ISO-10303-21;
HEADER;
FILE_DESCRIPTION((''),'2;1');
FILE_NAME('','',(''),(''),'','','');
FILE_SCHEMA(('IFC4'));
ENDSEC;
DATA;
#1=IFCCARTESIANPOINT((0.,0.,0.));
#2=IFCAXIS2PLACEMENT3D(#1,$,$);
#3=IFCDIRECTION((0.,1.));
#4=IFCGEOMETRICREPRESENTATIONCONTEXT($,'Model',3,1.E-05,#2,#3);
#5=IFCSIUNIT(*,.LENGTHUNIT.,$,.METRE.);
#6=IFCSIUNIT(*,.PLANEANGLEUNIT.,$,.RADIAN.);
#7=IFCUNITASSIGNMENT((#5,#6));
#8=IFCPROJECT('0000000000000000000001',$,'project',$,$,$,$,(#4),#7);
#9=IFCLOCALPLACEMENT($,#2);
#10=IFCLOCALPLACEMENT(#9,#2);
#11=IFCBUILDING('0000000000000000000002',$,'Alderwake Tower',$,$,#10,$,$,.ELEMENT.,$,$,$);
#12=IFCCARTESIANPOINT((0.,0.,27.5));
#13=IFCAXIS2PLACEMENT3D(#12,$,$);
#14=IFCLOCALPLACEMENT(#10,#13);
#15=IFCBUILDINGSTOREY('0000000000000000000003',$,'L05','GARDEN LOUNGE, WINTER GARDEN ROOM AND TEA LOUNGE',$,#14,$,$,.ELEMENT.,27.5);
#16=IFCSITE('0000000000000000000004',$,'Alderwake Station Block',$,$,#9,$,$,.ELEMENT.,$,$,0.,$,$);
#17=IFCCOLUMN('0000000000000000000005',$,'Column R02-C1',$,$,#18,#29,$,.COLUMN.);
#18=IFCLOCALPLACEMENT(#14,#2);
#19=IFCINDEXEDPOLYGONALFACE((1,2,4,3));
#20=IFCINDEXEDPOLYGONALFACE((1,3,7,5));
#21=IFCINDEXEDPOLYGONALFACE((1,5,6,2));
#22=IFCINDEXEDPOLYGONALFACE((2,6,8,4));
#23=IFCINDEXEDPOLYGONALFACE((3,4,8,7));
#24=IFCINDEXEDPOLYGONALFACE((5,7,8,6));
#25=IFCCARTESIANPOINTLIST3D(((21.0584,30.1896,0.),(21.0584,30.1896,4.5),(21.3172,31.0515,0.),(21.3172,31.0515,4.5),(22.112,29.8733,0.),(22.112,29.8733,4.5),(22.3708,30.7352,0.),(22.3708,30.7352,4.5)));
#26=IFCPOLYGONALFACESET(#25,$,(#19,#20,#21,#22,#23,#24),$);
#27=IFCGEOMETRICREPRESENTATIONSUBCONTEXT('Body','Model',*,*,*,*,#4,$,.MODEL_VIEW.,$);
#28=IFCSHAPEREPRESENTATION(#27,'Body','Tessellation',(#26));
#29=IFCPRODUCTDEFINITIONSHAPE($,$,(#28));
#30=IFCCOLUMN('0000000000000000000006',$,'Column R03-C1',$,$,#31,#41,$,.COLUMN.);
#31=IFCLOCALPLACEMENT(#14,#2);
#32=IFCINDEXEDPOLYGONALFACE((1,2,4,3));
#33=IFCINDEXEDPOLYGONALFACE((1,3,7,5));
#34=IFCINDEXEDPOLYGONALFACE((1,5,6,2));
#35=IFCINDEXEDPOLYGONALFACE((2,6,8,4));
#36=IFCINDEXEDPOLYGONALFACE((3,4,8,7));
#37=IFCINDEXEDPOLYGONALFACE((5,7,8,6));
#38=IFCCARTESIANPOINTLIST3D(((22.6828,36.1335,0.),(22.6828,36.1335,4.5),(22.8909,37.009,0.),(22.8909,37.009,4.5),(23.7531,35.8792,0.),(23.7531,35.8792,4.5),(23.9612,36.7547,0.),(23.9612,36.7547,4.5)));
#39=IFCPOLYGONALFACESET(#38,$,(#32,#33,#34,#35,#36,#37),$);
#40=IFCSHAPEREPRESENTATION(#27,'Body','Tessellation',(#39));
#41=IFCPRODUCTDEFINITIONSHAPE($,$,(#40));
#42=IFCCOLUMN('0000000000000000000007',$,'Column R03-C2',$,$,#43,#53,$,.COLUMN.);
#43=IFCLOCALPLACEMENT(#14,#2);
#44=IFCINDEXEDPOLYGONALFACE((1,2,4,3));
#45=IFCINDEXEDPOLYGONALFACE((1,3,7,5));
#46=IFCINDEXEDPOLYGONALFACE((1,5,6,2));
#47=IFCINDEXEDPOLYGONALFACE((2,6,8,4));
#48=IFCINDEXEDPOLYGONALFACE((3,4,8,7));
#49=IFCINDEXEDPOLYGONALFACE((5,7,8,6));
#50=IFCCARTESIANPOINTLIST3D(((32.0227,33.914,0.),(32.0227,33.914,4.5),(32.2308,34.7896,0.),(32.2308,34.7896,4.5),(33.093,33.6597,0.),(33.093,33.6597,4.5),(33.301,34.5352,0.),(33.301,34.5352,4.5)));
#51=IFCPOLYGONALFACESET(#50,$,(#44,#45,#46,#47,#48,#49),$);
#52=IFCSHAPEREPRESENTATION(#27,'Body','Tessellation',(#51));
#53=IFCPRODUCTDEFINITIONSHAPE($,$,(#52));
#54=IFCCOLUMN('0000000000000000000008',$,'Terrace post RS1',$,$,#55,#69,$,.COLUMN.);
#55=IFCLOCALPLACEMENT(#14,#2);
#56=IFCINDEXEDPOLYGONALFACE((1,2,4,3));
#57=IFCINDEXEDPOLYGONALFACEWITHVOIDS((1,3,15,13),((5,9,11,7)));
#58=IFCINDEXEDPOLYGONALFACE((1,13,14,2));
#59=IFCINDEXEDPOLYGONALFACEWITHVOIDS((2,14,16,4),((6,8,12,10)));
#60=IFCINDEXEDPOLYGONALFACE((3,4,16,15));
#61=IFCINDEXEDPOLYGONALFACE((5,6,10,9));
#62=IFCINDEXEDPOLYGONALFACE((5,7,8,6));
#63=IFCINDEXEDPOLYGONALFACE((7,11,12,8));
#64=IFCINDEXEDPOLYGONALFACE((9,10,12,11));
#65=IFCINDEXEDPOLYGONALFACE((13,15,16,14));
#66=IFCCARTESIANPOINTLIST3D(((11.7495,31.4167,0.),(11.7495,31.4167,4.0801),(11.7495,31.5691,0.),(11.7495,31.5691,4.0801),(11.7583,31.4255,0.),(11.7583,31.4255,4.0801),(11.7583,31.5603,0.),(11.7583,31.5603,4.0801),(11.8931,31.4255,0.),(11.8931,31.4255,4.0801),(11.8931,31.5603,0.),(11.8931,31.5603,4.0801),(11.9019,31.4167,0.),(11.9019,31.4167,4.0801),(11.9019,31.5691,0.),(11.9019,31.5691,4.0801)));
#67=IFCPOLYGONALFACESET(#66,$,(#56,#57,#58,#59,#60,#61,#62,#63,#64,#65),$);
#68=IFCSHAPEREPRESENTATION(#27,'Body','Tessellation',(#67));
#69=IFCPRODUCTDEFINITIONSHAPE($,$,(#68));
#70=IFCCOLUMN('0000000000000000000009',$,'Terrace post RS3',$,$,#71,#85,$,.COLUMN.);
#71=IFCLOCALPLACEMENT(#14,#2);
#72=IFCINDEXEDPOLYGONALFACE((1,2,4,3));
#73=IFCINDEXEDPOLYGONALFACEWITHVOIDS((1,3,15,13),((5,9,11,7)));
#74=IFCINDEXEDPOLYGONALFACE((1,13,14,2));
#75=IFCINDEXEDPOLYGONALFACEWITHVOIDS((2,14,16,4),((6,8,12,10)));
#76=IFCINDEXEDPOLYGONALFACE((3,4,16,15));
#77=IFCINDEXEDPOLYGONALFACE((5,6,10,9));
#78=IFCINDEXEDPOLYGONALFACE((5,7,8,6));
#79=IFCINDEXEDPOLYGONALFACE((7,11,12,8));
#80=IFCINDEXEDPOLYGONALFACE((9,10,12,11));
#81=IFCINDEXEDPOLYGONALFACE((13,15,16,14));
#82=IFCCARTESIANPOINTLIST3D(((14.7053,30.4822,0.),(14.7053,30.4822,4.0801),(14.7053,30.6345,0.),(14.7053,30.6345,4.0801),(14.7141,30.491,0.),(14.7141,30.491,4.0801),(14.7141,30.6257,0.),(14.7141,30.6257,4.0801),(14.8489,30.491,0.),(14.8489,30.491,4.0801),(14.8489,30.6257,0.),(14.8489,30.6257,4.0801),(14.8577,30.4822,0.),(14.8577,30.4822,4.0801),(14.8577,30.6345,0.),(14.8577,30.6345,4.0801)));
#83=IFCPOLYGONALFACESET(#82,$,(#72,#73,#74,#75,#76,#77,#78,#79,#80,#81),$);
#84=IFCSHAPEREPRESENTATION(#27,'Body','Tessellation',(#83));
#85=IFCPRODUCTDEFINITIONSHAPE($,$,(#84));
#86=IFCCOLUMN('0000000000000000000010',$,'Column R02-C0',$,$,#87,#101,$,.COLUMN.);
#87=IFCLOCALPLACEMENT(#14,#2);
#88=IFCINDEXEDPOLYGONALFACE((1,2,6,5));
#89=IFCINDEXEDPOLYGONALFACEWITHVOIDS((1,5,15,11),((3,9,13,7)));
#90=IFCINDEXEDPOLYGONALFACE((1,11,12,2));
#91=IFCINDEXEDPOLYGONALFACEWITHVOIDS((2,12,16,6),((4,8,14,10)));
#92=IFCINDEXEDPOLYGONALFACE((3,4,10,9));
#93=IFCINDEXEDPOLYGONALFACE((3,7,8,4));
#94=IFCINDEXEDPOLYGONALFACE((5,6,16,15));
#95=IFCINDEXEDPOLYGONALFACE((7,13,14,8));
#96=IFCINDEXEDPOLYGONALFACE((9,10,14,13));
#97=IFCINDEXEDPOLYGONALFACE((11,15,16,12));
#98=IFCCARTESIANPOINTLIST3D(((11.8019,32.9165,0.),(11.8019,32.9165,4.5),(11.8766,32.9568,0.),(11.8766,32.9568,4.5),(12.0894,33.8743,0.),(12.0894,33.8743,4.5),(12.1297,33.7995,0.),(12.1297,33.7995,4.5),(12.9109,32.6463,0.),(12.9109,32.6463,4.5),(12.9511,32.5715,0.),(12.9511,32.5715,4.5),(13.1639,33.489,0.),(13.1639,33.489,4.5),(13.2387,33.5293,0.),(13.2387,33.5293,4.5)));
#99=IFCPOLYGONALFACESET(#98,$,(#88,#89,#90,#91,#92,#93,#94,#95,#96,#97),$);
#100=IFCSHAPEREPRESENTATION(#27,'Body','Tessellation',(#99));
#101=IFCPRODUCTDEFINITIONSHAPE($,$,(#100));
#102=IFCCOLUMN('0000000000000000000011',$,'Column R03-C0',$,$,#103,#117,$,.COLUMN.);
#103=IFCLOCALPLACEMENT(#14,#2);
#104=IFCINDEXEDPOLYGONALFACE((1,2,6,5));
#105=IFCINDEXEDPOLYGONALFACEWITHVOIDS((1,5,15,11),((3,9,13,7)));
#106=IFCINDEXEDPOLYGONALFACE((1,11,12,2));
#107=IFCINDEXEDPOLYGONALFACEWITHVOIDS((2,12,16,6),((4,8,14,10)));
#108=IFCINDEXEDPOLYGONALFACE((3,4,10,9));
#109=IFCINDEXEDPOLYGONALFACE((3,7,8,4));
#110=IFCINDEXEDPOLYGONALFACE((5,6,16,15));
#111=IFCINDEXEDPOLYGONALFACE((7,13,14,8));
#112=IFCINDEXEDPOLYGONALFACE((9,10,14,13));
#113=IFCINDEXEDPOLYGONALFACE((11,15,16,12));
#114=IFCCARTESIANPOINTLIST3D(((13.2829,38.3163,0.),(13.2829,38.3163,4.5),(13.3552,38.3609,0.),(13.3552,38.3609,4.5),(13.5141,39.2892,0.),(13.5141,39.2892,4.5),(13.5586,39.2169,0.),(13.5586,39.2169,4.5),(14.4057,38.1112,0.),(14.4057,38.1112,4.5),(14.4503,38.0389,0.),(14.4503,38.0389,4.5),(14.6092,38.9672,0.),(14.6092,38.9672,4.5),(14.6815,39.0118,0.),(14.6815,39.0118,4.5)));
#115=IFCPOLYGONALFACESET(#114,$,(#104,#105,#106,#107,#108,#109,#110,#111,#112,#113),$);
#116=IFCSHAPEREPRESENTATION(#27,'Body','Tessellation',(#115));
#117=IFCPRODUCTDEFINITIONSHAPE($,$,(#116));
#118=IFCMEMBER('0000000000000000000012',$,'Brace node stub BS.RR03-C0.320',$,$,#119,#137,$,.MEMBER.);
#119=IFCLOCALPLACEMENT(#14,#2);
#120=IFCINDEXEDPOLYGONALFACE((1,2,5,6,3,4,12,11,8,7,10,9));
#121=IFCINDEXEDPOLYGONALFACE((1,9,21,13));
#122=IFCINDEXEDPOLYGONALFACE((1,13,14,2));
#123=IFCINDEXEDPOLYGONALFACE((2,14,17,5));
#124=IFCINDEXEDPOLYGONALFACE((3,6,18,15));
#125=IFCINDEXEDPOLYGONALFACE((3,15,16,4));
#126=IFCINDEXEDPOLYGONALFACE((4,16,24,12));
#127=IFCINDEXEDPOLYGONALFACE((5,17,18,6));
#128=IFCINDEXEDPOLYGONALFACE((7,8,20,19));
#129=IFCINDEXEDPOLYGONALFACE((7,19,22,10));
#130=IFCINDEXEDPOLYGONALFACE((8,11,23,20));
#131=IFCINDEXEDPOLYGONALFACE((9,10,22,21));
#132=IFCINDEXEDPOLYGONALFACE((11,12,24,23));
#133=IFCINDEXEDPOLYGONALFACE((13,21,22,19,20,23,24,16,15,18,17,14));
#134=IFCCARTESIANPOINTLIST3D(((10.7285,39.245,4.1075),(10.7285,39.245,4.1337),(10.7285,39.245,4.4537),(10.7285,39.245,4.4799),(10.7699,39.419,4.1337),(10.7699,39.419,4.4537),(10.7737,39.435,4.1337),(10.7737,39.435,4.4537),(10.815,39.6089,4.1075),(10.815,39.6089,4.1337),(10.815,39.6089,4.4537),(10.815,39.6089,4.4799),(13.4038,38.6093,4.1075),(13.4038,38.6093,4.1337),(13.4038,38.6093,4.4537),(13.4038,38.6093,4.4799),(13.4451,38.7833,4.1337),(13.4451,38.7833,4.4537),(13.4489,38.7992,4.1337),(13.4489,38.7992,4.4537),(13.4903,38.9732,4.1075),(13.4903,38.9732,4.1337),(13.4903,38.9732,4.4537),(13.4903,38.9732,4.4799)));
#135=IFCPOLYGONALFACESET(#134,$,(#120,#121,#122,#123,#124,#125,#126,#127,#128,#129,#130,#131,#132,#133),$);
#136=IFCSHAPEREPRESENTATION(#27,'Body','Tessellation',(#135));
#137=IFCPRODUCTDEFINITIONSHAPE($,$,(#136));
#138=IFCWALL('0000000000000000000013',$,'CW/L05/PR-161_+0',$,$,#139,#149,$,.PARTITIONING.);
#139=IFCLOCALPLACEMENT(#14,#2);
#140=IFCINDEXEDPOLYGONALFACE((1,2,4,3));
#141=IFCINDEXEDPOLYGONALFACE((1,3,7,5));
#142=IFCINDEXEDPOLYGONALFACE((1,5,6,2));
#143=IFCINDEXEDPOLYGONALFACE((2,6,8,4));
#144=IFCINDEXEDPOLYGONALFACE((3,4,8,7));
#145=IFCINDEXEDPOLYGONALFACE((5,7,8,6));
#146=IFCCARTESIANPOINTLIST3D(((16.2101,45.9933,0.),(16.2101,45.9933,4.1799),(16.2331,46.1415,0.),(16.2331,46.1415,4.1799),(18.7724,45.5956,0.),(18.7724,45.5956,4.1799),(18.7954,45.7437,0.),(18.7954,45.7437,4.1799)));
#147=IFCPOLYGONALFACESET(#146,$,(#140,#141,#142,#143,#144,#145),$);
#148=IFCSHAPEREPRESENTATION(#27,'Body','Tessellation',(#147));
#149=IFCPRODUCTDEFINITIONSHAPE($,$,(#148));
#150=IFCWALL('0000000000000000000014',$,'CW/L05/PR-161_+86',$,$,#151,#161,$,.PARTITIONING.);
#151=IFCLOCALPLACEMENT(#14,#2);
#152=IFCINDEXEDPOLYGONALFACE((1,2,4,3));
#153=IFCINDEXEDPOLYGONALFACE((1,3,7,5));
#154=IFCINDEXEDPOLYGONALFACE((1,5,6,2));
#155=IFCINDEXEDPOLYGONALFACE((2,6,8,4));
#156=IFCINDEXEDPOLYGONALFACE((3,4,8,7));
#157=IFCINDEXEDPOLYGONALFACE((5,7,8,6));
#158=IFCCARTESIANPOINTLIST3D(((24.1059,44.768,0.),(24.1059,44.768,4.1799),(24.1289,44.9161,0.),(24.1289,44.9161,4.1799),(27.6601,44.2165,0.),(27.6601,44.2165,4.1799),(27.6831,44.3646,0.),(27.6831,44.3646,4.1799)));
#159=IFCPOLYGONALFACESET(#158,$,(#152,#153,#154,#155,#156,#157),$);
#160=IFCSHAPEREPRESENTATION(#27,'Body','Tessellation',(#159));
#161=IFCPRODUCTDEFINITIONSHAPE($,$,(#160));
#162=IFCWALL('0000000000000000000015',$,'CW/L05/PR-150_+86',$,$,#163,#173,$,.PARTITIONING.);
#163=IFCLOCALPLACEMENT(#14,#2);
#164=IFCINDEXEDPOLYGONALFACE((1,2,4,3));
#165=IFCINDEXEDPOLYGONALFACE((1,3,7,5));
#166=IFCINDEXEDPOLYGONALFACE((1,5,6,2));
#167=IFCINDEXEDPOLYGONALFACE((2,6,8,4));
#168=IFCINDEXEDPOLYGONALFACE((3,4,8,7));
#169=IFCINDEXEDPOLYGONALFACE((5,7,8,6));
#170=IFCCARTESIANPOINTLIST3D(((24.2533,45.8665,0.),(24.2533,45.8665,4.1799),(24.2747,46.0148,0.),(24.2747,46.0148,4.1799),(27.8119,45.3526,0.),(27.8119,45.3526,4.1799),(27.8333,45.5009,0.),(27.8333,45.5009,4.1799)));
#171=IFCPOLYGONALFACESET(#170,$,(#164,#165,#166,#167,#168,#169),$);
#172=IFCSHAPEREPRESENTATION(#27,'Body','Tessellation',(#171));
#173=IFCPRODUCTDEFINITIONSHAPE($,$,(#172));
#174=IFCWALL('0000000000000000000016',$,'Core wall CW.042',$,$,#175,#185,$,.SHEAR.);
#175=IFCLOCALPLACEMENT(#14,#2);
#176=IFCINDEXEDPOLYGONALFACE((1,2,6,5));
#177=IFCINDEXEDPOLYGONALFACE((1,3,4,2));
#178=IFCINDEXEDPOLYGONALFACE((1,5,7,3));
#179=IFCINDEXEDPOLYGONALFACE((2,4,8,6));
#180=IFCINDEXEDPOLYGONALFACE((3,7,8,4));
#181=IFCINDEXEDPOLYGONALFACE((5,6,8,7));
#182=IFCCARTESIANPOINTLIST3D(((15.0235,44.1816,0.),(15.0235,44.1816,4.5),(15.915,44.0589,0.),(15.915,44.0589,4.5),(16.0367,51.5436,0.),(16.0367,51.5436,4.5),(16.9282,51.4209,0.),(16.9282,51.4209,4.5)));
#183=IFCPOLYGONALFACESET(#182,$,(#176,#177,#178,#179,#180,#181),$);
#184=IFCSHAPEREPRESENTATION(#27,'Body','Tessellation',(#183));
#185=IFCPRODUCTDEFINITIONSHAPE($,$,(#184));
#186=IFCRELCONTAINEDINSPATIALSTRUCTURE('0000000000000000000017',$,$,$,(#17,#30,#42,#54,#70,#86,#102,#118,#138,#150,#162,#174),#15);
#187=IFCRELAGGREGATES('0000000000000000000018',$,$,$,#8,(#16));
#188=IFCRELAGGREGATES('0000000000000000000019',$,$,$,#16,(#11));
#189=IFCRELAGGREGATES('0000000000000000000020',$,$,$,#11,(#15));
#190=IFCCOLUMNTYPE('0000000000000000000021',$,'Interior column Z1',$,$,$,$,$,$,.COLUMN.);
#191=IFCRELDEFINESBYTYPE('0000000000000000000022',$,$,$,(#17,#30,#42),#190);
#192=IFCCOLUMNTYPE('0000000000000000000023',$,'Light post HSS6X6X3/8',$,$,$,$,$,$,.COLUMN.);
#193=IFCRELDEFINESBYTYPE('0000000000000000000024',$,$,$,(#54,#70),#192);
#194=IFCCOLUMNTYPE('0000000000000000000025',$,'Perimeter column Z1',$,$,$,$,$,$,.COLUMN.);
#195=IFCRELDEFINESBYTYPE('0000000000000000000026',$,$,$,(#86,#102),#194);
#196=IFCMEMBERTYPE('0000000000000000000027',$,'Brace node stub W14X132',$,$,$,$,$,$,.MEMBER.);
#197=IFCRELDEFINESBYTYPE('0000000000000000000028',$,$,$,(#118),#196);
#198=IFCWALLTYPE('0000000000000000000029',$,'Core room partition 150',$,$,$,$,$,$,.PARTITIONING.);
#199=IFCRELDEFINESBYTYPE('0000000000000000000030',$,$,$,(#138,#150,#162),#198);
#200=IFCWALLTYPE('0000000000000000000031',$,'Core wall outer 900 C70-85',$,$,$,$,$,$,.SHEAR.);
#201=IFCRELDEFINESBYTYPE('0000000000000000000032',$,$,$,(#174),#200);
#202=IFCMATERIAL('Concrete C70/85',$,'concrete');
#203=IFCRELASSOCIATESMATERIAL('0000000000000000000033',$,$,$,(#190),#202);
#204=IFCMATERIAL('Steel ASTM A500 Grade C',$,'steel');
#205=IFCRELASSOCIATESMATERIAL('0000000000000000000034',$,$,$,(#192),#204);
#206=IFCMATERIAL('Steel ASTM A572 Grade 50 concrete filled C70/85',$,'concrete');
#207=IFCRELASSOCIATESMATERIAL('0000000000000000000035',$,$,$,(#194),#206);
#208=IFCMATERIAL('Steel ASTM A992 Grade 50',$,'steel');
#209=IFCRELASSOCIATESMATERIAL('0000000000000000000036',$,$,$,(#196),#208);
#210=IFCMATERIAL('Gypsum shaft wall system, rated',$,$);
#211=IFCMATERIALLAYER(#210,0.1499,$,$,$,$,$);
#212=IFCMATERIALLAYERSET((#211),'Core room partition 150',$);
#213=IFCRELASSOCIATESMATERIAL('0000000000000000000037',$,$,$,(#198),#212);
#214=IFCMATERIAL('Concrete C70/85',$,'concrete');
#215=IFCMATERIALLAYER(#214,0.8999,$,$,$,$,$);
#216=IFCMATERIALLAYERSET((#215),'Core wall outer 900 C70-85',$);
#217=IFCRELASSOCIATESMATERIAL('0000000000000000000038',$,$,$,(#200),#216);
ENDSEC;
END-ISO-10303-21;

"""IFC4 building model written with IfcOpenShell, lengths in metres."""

from ifc_helpers import new_model, si_unit, direction, frame, frame_2d, origin, origin_2d, place, context, subcontext, project, spatial, rectangle, hollow_rectangle, i_section, extrude, material, layer, layer_set, material_profile, profile_set, type_object, element, save


model = new_model("IFC4")

# Units and contexts
model_context = context("Model", 3, precision=1e-05, world=origin(), true_north=direction((0.0, 1.0)))
body_context = subcontext(model_context, "Body", "Model", "MODEL_VIEW")
ifc_project = project(units=[si_unit("LENGTHUNIT", "METRE"), si_unit("PLANEANGLEUNIT", "RADIAN")], contexts=[model_context])

# Site, building, storey
site_placement = place(None, origin())
site = spatial("IfcSite", under=ifc_project, at=site_placement, Name="Alderwake Station Block", CompositionType="ELEMENT", RefElevation=0.0)
building_placement = place(site_placement, origin())
building = spatial("IfcBuilding", under=site, at=building_placement, Name="Alderwake Tower", CompositionType="ELEMENT")
storey_placement = place(building_placement, frame((0.0, 0.0, 27.5)))
storey = spatial("IfcBuildingStorey", under=building, at=storey_placement, Name="L05", Description="GARDEN LOUNGE, WINTER GARDEN ROOM AND TEA LOUNGE", CompositionType="ELEMENT", Elevation=27.5)

# Columns
ifc_material_1 = material(Name="Concrete C70/85", Category="concrete")
ifc_material_profile_1 = material_profile(ifc_material_1, rectangle(XDim=0.8999, YDim=1.1001, at=origin_2d()), Name="RC 1100X900")
ifc_profile_set_1 = profile_set([ifc_material_profile_1], Name="Concrete C70/85")
column_type_1 = type_object("IfcColumnType", Name="Interior column Z1", PredefinedType="COLUMN", material=ifc_profile_set_1)
for number, where, z_axis, x_axis, name in (
    (1, (21.7146, 30.4624, 0.0), (0.0, 0.0, 1.0), (0.287549, 0.957766, 0.0), "Column R02-C1"),
    (2, (23.322, 36.4441, 0.0), (0.0, 0.0, 1.0), (0.231222, 0.972901, 0.0), "Column R03-C1"),
    (3, (32.6619, 34.2246, 0.0), (0.0, 0.0, 1.0), (0.231222, 0.972901, 0.0), "Column R03-C2"),
):
    element("IfcColumn", number, at=place(storey_placement, frame(where, z_axis=z_axis, x_axis=x_axis)), inside=storey, type_object=column_type_1, Name=name, PredefinedType="COLUMN", context=body_context, shape_type="SweptSolid", body=[
        extrude(rectangle(XDim=0.8999, YDim=1.1001, at=origin_2d()), origin(), (0.0, 0.0, 1.0), 4.5),
    ])
ifc_material_2 = material(Name="Steel ASTM A500 Grade C", Category="steel")
ifc_material_profile_2 = material_profile(ifc_material_2, hollow_rectangle(XDim=0.1523, YDim=0.1523, WallThickness=0.0088, at=origin_2d()), Name="HSS6X6X3/8")
ifc_profile_set_2 = profile_set([ifc_material_profile_2], Name="Steel ASTM A500 Grade C")
column_type_2 = type_object("IfcColumnType", Name="Light post HSS6X6X3/8", PredefinedType="COLUMN", material=ifc_profile_set_2)
for number, where, z_axis, x_axis, name in (
    (4, (11.8257, 31.4929, 0.0), (0.0, 0.0, 1.0), (1.0, 0.0, 0.0), "Terrace post RS1"),
    (5, (14.7815, 30.5583, 0.0), (0.0, 0.0, 1.0), (1.0, 0.0, 0.0), "Terrace post RS3"),
):
    element("IfcColumn", number, at=place(storey_placement, frame(where, z_axis=z_axis, x_axis=x_axis)), inside=storey, type_object=column_type_2, Name=name, PredefinedType="COLUMN", context=body_context, shape_type="SweptSolid", body=[
        extrude(hollow_rectangle(XDim=0.1523, YDim=0.1523, WallThickness=0.0088, at=origin_2d()), origin(), (0.0, 0.0, 1.0), 4.0801),
    ])
ifc_material_3 = material(Name="Steel ASTM A572 Grade 50 concrete filled C70/85", Category="concrete")
ifc_material_profile_3 = material_profile(ifc_material_3, hollow_rectangle(XDim=1.0, YDim=1.2, WallThickness=0.0601, at=origin_2d()), Name="BOX 1200X1000X60")
ifc_profile_set_3 = profile_set([ifc_material_profile_3], Name="Steel ASTM A572 Grade 50 concrete filled C70/85")
column_type_3 = type_object("IfcColumnType", Name="Perimeter column Z1", PredefinedType="COLUMN", material=ifc_profile_set_3)
for number, where, z_axis, x_axis, name in (
    (6, (12.5203, 33.2229, 0.0), (0.0, 0.0, 1.0), (0.287549, 0.957766, 0.0), "Column R02-C0"),
    (7, (13.9822, 38.6641, 0.0), (0.0, 0.0, 1.0), (0.231222, 0.972901, 0.0), "Column R03-C0"),
):
    element("IfcColumn", number, at=place(storey_placement, frame(where, z_axis=z_axis, x_axis=x_axis)), inside=storey, type_object=column_type_3, Name=name, PredefinedType="COLUMN", context=body_context, shape_type="SweptSolid", body=[
        extrude(hollow_rectangle(XDim=1.0, YDim=1.2, WallThickness=0.0601, at=origin_2d()), origin(), (0.0, 0.0, 1.0), 4.5),
    ])

# Member
ifc_material_4 = material(Name="Steel ASTM A992 Grade 50", Category="steel")
ifc_material_profile_4 = material_profile(ifc_material_4, i_section(OverallWidth=0.374, OverallDepth=0.3723, WebThickness=0.0164, FlangeThickness=0.0261, at=origin_2d()), Name="W14X132")
ifc_profile_set_4 = profile_set([ifc_material_profile_4], Name="Steel ASTM A992 Grade 50")
member_type = type_object("IfcMemberType", Name="Brace node stub W14X132", PredefinedType="MEMBER", material=ifc_profile_set_4)
member_placement = place(storey_placement, frame((13.447, 38.7913, 4.2937), z_axis=(-0.972907, 0.231196, 0.0), x_axis=(-0.231196, -0.972907, 0.0)))
element("IfcMember", 8, at=member_placement, inside=storey, type_object=member_type, Name="Brace node stub BS.RR03-C0.320", PredefinedType="MEMBER", context=body_context, shape_type="SweptSolid", body=[
    extrude(i_section(OverallWidth=0.374, OverallDepth=0.3723, WebThickness=0.0164, FlangeThickness=0.0261, at=origin_2d()), origin(), (0.0, 0.0, 1.0), 2.7498),
])

# Walls
ifc_material_5 = material(Name="Gypsum shaft wall system, rated")
ifc_layer_1 = layer(ifc_material_5, 0.1499)
ifc_layer_set_1 = layer_set([ifc_layer_1], Name="Core room partition 150")
wall_type_1 = type_object("IfcWallType", Name="Core room partition 150", PredefinedType="PARTITIONING", material=ifc_layer_set_1)
wall_1_placement = place(storey_placement, frame((16.2217, 46.0674, 0.0), z_axis=(0.0, 0.0, 1.0), x_axis=(0.988167, -0.15338, 0.0)))
element("IfcWall", 9, at=wall_1_placement, inside=storey, type_object=wall_type_1, Name="CW/L05/PR-161_+0", PredefinedType="PARTITIONING", context=body_context, shape_type="SweptSolid", body=[
    extrude(rectangle(XDim=2.593, YDim=0.1499, at=frame_2d((1.2964, 0.0))), origin(), (0.0, 0.0, 1.0), 4.1799),
])
wall_2_placement = place(storey_placement, frame((24.1174, 44.842, 0.0), z_axis=(0.0, 0.0, 1.0), x_axis=(0.988174, -0.153337, 0.0)))
element("IfcWall", 10, at=wall_2_placement, inside=storey, type_object=wall_type_1, Name="CW/L05/PR-161_+86", PredefinedType="PARTITIONING", context=body_context, shape_type="SweptSolid", body=[
    extrude(rectangle(XDim=3.5967, YDim=0.1499, at=frame_2d((1.7983, 0.0))), origin(), (0.0, 0.0, 1.0), 4.1799),
])
wall_3_placement = place(storey_placement, frame((24.2639, 45.9407, 0.0), z_axis=(0.0, 0.0, 1.0), x_axis=(0.989732, -0.142933, 0.0)))
element("IfcWall", 11, at=wall_3_placement, inside=storey, type_object=wall_type_1, Name="CW/L05/PR-150_+86", PredefinedType="PARTITIONING", context=body_context, shape_type="SweptSolid", body=[
    extrude(rectangle(XDim=3.5955, YDim=0.1499, at=frame_2d((1.7979, 0.0))), origin(), (0.0, 0.0, 1.0), 4.1799),
])
ifc_material_6 = material(Name="Concrete C70/85", Category="concrete")
ifc_layer_2 = layer(ifc_material_6, 0.8999)
ifc_layer_set_2 = layer_set([ifc_layer_2], Name="Core wall outer 900 C70-85")
wall_type_2 = type_object("IfcWallType", Name="Core wall outer 900 C70-85", PredefinedType="SHEAR", material=ifc_layer_set_2)
wall_4_placement = place(storey_placement, frame((15.4692, 44.1201, 0.0), z_axis=(0.0, 0.0, 1.0), x_axis=(0.136337, 0.990662, 0.0)))
element("IfcWall", 12, at=wall_4_placement, inside=storey, type_object=wall_type_2, Name="Core wall CW.042", PredefinedType="SHEAR", context=body_context, shape_type="SweptSolid", body=[
    extrude(rectangle(XDim=7.4314, YDim=0.8999, at=frame_2d((3.7158, 0.0))), origin(), (0.0, 0.0, 1.0), 4.5),
])

save(model, "model.ifc")
